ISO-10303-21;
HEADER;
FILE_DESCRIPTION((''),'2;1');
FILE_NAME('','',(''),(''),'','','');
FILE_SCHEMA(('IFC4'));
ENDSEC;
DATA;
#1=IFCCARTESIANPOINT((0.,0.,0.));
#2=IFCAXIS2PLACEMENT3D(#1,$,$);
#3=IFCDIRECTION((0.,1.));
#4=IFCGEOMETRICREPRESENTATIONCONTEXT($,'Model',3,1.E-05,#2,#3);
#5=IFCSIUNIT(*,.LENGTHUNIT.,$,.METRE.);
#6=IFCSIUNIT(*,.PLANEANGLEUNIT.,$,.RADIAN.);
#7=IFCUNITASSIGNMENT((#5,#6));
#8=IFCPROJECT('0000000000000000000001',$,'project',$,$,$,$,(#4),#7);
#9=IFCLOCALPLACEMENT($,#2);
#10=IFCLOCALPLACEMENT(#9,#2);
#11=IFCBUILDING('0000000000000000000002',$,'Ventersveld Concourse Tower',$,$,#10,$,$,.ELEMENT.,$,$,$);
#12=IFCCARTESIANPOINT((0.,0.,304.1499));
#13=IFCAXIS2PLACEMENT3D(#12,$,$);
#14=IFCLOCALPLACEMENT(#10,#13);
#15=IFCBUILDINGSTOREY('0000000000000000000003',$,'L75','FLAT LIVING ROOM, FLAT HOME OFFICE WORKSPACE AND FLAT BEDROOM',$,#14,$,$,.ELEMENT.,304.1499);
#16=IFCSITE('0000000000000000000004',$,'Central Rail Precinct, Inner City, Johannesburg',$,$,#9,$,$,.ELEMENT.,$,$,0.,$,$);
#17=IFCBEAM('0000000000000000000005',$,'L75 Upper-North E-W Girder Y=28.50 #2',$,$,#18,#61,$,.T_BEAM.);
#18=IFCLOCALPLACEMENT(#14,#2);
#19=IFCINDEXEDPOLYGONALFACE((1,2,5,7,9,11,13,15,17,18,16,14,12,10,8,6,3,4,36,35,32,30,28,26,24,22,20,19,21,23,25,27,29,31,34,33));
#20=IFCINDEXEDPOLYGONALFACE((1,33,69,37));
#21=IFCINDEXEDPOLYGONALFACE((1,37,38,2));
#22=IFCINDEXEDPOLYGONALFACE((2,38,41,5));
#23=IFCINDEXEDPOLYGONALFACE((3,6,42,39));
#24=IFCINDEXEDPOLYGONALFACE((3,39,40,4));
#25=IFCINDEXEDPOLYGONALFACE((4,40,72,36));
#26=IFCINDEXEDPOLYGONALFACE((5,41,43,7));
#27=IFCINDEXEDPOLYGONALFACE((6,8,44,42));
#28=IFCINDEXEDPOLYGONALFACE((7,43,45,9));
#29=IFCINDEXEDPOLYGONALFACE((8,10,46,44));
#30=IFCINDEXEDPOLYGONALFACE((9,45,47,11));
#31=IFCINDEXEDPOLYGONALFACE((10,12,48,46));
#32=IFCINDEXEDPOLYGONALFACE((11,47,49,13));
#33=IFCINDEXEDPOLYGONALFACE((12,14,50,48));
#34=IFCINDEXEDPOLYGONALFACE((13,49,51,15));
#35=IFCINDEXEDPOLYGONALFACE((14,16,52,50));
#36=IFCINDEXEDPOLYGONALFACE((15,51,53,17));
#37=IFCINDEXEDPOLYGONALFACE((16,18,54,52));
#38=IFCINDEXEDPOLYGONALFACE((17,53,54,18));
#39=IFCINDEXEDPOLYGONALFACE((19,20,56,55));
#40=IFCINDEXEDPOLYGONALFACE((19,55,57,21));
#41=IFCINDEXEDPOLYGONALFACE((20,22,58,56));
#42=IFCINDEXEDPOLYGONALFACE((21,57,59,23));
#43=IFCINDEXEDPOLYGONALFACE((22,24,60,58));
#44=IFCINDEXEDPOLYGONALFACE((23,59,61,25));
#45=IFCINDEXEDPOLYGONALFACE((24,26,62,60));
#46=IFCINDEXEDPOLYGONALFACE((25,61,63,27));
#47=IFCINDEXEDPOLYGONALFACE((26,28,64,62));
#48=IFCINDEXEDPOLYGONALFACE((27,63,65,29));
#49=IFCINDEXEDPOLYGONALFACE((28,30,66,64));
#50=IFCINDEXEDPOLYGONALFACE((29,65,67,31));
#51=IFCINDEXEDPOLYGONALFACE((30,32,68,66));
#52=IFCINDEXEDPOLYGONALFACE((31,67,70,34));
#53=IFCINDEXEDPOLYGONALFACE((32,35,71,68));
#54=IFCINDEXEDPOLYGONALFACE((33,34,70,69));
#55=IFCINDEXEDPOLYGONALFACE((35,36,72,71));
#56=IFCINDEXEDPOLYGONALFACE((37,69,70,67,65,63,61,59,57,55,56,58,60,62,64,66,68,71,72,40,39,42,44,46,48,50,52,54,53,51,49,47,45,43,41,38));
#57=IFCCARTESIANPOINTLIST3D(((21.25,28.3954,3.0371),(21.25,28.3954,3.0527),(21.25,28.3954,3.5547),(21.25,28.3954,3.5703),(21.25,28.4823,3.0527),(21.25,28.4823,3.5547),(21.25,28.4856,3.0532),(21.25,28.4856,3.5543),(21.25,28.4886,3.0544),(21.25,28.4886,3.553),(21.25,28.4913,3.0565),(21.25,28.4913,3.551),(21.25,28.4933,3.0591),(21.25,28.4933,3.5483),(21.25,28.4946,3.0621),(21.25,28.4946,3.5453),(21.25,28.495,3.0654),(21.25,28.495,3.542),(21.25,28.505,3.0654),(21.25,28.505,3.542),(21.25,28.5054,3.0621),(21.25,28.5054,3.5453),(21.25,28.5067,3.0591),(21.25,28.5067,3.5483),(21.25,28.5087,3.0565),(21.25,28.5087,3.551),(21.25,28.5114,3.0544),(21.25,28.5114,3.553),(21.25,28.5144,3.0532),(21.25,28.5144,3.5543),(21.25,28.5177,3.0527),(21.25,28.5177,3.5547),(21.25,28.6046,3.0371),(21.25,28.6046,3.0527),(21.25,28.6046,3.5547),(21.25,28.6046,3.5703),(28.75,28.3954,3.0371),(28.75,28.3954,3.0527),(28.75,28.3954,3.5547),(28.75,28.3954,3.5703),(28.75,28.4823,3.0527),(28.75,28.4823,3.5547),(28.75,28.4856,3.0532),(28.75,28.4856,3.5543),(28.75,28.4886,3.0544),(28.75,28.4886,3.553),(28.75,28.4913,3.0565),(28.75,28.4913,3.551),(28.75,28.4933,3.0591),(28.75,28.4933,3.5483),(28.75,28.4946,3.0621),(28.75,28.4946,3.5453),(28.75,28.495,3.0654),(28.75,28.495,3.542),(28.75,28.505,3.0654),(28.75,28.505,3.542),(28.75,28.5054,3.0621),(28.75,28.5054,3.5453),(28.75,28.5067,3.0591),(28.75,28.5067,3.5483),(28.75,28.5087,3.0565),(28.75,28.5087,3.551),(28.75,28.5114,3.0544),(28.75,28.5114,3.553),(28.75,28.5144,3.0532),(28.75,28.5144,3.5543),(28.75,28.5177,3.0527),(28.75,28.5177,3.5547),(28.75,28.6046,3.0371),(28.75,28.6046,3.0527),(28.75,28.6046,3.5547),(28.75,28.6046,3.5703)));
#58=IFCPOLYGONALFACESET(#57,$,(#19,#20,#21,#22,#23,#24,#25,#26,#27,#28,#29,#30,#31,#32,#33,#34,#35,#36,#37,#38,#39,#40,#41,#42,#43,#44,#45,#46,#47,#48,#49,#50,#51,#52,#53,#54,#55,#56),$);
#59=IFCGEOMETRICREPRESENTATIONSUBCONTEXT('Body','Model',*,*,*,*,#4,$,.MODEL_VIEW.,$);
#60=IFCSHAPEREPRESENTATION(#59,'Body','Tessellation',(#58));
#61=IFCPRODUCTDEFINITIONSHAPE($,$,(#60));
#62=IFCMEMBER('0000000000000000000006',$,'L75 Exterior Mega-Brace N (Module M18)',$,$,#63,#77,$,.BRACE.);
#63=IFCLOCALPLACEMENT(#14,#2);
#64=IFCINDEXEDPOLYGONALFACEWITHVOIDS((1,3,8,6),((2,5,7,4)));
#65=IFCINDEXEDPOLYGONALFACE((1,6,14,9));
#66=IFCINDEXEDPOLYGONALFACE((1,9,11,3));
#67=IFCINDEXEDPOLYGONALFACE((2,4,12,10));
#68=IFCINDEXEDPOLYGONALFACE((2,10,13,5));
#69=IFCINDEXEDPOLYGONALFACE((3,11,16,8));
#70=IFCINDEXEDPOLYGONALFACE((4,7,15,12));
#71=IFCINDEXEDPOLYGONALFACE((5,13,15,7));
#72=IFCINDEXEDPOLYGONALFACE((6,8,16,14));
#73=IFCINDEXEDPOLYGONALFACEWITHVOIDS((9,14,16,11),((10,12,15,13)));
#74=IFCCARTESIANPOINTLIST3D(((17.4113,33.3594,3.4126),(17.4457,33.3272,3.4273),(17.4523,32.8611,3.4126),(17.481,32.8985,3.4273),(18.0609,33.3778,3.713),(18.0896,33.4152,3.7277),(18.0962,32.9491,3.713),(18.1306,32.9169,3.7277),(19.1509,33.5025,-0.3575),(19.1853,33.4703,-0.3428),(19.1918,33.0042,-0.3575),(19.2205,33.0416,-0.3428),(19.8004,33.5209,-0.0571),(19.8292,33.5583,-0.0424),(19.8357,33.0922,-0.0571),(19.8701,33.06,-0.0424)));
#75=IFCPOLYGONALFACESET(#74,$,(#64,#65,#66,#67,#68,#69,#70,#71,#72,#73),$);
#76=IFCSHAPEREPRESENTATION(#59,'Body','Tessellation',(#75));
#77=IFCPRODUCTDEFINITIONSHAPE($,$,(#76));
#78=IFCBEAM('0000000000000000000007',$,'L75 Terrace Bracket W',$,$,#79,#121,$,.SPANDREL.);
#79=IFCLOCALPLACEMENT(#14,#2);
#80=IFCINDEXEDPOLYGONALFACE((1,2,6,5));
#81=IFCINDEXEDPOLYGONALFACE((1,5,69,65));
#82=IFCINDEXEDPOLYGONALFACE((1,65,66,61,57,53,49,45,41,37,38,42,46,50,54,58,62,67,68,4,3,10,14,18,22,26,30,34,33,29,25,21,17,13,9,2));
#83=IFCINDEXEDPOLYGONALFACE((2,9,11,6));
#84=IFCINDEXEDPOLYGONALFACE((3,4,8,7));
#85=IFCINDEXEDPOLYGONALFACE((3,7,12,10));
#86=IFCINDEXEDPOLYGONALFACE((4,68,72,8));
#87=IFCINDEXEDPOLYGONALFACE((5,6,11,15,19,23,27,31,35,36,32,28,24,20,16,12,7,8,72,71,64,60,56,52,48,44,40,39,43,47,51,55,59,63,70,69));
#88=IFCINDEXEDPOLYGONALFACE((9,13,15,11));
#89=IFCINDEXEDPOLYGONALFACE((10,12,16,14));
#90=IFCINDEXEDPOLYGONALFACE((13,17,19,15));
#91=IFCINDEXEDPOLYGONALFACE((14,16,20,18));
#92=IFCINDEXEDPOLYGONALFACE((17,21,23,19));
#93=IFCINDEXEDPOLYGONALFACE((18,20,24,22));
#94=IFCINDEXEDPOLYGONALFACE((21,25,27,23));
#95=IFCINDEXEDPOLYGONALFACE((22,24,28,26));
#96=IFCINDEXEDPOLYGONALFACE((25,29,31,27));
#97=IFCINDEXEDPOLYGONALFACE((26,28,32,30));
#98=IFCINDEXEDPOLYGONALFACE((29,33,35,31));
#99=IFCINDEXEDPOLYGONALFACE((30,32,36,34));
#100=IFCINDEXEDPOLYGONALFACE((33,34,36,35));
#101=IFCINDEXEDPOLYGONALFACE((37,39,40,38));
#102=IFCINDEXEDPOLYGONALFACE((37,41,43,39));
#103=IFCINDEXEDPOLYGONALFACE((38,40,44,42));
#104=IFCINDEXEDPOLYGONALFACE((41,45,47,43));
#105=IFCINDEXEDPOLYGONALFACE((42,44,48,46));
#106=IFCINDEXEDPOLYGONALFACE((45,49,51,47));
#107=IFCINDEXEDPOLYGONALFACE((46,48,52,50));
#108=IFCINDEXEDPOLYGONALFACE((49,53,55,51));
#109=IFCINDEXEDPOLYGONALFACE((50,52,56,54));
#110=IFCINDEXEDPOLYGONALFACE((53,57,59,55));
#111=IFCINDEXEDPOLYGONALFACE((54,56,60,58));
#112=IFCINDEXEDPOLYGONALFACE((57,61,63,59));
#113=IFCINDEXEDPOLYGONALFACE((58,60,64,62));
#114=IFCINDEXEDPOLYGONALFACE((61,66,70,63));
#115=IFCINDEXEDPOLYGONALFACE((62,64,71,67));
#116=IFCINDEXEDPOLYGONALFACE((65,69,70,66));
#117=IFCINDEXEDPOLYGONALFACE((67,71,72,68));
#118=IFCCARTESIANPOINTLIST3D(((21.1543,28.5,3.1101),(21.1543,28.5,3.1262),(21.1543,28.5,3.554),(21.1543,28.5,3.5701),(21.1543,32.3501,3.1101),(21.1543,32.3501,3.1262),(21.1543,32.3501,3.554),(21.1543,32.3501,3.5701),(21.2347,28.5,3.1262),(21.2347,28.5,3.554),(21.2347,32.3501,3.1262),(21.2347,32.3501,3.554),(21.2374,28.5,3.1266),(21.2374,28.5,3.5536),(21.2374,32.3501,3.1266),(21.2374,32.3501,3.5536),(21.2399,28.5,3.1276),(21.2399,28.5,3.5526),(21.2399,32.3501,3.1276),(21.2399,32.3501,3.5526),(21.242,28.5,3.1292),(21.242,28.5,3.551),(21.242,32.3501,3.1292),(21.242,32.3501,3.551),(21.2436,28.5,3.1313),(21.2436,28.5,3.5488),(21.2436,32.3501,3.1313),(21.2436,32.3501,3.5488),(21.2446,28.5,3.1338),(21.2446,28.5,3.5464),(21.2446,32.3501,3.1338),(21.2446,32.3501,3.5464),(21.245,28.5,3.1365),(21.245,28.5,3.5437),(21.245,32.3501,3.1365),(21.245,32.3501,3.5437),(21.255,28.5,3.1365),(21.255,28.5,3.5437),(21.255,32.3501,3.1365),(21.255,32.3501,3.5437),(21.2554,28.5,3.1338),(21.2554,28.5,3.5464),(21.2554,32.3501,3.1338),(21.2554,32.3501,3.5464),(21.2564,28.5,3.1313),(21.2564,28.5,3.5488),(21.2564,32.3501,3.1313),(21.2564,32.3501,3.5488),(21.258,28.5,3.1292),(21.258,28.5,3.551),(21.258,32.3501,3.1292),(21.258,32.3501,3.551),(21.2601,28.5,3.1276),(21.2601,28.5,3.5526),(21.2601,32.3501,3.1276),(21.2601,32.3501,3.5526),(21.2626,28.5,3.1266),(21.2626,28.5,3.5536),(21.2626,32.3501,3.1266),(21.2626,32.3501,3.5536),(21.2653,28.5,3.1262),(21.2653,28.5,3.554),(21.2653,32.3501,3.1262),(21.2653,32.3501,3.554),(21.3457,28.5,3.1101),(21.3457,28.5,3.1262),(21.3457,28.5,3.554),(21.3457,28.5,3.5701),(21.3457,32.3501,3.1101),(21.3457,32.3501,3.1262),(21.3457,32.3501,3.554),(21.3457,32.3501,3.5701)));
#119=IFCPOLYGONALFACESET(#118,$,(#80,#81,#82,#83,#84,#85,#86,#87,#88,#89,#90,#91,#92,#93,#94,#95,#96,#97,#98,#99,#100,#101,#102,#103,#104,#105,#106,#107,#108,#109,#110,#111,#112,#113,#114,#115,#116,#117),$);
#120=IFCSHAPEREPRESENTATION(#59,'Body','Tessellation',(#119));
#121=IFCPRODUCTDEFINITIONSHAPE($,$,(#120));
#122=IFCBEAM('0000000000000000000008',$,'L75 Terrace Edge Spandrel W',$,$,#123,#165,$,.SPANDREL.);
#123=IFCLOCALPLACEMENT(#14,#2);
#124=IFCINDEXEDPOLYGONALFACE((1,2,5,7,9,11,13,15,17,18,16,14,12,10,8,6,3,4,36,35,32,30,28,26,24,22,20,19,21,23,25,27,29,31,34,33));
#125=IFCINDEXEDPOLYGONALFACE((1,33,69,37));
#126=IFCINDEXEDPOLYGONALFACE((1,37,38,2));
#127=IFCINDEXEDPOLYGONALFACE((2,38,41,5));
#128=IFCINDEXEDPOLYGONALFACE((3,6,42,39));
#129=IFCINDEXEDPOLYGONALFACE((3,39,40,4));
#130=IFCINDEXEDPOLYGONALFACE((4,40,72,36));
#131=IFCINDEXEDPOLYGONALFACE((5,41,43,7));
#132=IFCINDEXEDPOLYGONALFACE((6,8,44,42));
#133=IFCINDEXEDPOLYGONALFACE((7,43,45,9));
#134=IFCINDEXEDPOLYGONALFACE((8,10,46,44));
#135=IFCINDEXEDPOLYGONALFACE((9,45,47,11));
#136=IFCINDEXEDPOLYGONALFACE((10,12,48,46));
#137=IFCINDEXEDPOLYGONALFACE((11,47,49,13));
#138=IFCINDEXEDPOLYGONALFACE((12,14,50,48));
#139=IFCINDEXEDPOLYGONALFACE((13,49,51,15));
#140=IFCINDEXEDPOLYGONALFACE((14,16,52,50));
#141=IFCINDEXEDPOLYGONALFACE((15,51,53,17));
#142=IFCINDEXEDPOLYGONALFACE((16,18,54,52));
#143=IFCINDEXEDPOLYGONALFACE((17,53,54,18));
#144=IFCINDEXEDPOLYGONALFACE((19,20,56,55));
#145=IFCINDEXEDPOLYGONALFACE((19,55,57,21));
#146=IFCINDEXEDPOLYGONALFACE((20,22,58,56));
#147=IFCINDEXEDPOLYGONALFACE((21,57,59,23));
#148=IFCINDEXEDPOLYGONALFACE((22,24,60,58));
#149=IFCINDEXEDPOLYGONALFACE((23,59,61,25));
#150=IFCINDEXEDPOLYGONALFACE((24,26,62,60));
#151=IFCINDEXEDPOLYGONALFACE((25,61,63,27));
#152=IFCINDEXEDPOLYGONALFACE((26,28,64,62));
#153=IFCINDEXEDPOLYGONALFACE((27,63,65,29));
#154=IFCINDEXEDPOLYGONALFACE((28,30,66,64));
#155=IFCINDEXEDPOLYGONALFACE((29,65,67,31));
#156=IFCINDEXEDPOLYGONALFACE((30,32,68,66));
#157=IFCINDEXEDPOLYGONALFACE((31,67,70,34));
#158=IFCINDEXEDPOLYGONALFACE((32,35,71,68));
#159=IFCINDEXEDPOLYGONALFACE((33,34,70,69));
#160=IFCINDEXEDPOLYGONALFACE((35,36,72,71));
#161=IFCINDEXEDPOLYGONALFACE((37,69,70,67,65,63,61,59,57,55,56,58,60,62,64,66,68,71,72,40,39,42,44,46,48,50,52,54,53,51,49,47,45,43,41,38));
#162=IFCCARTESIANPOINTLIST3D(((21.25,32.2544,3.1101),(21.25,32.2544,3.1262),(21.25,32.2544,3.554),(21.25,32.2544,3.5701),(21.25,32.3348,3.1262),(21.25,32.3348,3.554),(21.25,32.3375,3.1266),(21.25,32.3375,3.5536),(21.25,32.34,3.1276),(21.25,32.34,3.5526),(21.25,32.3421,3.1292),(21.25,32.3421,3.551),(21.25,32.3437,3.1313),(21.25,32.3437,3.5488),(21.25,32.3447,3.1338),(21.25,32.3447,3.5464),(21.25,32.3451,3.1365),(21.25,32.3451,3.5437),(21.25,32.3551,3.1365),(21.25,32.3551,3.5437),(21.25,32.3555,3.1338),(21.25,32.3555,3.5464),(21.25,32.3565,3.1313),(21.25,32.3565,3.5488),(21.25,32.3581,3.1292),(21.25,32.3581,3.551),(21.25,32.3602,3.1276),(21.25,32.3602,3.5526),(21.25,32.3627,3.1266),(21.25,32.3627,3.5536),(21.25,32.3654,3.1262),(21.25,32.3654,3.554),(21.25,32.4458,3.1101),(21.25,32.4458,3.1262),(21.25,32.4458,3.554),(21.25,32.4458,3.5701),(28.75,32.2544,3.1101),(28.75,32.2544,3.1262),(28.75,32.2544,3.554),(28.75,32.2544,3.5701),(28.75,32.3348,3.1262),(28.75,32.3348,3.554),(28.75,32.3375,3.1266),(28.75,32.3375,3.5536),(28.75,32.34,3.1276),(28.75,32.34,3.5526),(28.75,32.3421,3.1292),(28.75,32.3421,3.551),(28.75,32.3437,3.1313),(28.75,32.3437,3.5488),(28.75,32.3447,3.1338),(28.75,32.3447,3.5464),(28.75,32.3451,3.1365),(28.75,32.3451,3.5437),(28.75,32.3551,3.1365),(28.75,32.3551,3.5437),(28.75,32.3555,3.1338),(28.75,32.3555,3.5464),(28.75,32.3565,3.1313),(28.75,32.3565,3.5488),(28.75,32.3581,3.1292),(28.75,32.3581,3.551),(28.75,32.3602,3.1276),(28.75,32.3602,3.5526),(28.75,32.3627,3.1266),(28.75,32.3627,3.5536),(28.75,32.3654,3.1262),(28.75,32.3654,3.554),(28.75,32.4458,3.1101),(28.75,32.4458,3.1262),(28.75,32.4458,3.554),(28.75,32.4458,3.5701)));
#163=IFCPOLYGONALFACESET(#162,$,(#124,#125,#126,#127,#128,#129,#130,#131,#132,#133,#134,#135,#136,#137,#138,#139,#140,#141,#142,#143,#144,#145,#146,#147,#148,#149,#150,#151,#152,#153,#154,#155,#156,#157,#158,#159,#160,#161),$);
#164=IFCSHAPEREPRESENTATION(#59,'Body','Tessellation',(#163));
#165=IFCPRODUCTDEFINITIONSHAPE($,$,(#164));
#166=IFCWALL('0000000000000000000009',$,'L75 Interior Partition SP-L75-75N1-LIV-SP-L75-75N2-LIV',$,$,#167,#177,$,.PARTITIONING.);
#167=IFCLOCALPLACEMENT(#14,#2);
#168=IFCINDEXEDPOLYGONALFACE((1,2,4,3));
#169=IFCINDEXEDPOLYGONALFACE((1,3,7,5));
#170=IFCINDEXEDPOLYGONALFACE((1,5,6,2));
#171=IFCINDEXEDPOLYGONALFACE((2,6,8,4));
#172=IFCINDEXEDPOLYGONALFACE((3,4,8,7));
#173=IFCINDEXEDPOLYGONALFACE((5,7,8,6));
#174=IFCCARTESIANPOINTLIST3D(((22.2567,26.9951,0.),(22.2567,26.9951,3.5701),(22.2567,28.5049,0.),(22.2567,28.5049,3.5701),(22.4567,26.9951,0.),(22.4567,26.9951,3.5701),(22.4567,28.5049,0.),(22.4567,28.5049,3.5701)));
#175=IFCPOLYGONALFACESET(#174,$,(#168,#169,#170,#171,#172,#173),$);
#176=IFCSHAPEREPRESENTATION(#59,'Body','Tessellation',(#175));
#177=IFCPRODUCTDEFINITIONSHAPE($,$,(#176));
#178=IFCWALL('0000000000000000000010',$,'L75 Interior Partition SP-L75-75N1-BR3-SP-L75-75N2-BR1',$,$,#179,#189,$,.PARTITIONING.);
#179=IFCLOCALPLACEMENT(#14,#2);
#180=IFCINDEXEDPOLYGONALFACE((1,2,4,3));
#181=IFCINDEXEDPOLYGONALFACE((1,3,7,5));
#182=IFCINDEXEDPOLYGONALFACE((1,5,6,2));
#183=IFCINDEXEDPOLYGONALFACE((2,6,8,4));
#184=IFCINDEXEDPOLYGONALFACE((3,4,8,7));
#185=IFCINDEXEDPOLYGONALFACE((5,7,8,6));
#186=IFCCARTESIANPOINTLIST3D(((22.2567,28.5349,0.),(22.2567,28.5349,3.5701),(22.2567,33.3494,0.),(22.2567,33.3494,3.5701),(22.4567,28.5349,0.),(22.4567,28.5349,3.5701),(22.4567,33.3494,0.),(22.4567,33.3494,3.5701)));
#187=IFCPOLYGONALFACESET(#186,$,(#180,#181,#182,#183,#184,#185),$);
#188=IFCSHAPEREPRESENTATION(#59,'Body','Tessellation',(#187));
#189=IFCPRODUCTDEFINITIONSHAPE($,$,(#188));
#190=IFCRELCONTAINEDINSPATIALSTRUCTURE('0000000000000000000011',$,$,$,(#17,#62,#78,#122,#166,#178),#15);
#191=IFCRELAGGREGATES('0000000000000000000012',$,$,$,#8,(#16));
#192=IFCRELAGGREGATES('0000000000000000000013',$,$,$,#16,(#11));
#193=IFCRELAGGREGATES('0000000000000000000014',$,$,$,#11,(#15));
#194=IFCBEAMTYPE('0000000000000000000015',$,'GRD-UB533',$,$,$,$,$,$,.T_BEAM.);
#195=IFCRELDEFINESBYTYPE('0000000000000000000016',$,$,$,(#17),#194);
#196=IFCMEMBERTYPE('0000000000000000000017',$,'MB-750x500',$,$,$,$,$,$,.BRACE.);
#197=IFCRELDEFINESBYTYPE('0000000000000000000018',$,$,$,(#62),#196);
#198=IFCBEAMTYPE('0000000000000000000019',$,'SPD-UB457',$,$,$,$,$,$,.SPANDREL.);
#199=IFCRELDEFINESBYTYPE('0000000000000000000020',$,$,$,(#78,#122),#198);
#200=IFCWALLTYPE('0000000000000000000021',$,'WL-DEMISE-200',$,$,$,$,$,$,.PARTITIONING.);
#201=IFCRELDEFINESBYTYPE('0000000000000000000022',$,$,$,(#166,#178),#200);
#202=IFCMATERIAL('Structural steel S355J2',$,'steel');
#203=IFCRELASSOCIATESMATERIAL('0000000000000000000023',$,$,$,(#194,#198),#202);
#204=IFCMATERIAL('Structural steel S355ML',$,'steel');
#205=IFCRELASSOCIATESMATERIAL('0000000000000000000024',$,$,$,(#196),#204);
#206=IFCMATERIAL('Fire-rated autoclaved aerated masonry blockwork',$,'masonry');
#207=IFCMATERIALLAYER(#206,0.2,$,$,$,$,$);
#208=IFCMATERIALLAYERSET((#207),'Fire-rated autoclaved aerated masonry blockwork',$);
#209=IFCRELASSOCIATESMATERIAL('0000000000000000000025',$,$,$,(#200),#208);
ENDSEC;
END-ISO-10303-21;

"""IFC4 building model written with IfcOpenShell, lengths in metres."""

from ifc_helpers import new_model, si_unit, direction, frame, frame_2d, origin, origin_2d, place, context, subcontext, project, spatial, rectangle, hollow_rectangle, i_section, extrude, material, layer, layer_set, material_profile, profile_set, type_object, element, save


model = new_model("IFC4")

# Units and contexts
model_context = context("Model", 3, precision=1e-05, world=origin(), true_north=direction((0.0, 1.0)))
body_context = subcontext(model_context, "Body", "Model", "MODEL_VIEW")
ifc_project = project(units=[si_unit("LENGTHUNIT", "METRE"), si_unit("PLANEANGLEUNIT", "RADIAN")], contexts=[model_context])

# Site, building, storey
site_placement = place(None, origin())
site = spatial("IfcSite", under=ifc_project, at=site_placement, Name="Central Rail Precinct, Inner City, Johannesburg", CompositionType="ELEMENT", RefElevation=0.0)
building_placement = place(site_placement, origin())
building = spatial("IfcBuilding", under=site, at=building_placement, Name="Ventersveld Concourse Tower", CompositionType="ELEMENT")
storey_placement = place(building_placement, frame((0.0, 0.0, 304.1499)))
storey = spatial("IfcBuildingStorey", under=building, at=storey_placement, Name="L75", Description="FLAT LIVING ROOM, FLAT HOME OFFICE WORKSPACE AND FLAT BEDROOM", CompositionType="ELEMENT", Elevation=304.1499)

# Beam
ifc_material_1 = material(Name="Structural steel S355J2", Category="steel")
ifc_material_profile_1 = material_profile(ifc_material_1, i_section(OverallWidth=0.2092, OverallDepth=0.5332, WebThickness=0.01, FlangeThickness=0.0156, FilletRadius=0.0127, at=origin_2d()), Name="UB 533x210x92")
ifc_profile_set_1 = profile_set([ifc_material_profile_1], Name="Structural steel S355J2")
beam_type_1 = type_object("IfcBeamType", Name="GRD-UB533", PredefinedType="T_BEAM", material=ifc_profile_set_1)
for number, where, z_axis, x_axis, name in (
    (1, (21.25, 28.5, 3.3037), (1.0, 0.0, 0.0), (0.0, 1.0, 0.0), "L75 Upper-North E-W Girder Y=28.50 #2"),
):
    element("IfcBeam", number, at=place(storey_placement, frame(where, z_axis=z_axis, x_axis=x_axis)), inside=storey, type_object=beam_type_1, Name=name, PredefinedType="T_BEAM", context=body_context, shape_type="SweptSolid", body=[
        extrude(i_section(OverallWidth=0.2092, OverallDepth=0.5332, WebThickness=0.01, FlangeThickness=0.0156, FilletRadius=0.0127, at=origin_2d()), origin(), (0.0, 0.0, 1.0), 7.5),
    ])

# Member
ifc_material_2 = material(Name="Structural steel S355ML", Category="steel")
ifc_material_profile_2 = material_profile(ifc_material_2, hollow_rectangle(XDim=0.5, YDim=0.75, WallThickness=0.0349, at=origin_2d()), Name="BOX 750x500x35")
ifc_profile_set_2 = profile_set([ifc_material_profile_2], Name="Structural steel S355ML")
member_type = type_object("IfcMemberType", Name="MB-750x500", PredefinedType="BRACE", material=ifc_profile_set_2)
member_placement = place(storey_placement, frame((19.5105, 33.2812, -0.2), z_axis=(-0.418709, -0.034437, 0.907467), x_axis=(0.081969, -0.996635, 0.0)))
element("IfcMember", 2, at=member_placement, inside=storey, type_object=member_type, Name="L75 Exterior Mega-Brace N (Module M18)", PredefinedType="BRACE", context=body_context, shape_type="SweptSolid", body=[
    extrude(hollow_rectangle(XDim=0.5, YDim=0.75, WallThickness=0.0349, at=origin_2d()), origin(), (0.0, 0.0, 1.0), 4.1545),
])

# Beams
ifc_material_profile_3 = material_profile(ifc_material_1, i_section(OverallWidth=0.1914, OverallDepth=0.46, WebThickness=0.01, FlangeThickness=0.0161, FilletRadius=0.0103, at=origin_2d()), Name="UB 457x191x82")
ifc_profile_set_3 = profile_set([ifc_material_profile_3], Name="Structural steel S355J2")
beam_type_2 = type_object("IfcBeamType", Name="SPD-UB457", PredefinedType="SPANDREL", material=ifc_profile_set_3)
beam_1_placement = place(storey_placement, frame((21.25, 28.5, 3.3401), z_axis=(0.0, 1.0, 0.0), x_axis=(-1.0, 0.0, 0.0)))
element("IfcBeam", 3, at=beam_1_placement, inside=storey, type_object=beam_type_2, Name="L75 Terrace Bracket W", PredefinedType="SPANDREL", context=body_context, shape_type="SweptSolid", body=[
    extrude(i_section(OverallWidth=0.1914, OverallDepth=0.46, WebThickness=0.01, FlangeThickness=0.0161, FilletRadius=0.0103, at=origin_2d()), origin(), (0.0, 0.0, 1.0), 3.8501),
])
beam_2_placement = place(storey_placement, frame((21.25, 32.3501, 3.3401), z_axis=(1.0, 0.0, 0.0), x_axis=(0.0, 1.0, 0.0)))
element("IfcBeam", 4, at=beam_2_placement, inside=storey, type_object=beam_type_2, Name="L75 Terrace Edge Spandrel W", PredefinedType="SPANDREL", context=body_context, shape_type="SweptSolid", body=[
    extrude(i_section(OverallWidth=0.1914, OverallDepth=0.46, WebThickness=0.01, FlangeThickness=0.0161, FilletRadius=0.0103, at=origin_2d()), origin(), (0.0, 0.0, 1.0), 7.5),
])

# Walls
ifc_material_3 = material(Name="Fire-rated autoclaved aerated masonry blockwork", Category="masonry")
ifc_layer_1 = layer(ifc_material_3, 0.2)
ifc_layer_set_1 = layer_set([ifc_layer_1], Name="Fire-rated autoclaved aerated masonry blockwork")
wall_type_1 = type_object("IfcWallType", Name="WL-DEMISE-200", PredefinedType="PARTITIONING", material=ifc_layer_set_1)
wall_1_placement = place(storey_placement, frame((22.3567, 26.9951, 0.0), z_axis=(0.0, 0.0, 1.0), x_axis=(0.0, 1.0, 0.0)))
element("IfcWall", 5, at=wall_1_placement, inside=storey, type_object=wall_type_1, Name="L75 Interior Partition SP-L75-75N1-LIV-SP-L75-75N2-LIV", PredefinedType="PARTITIONING", context=body_context, shape_type="SweptSolid", body=[
    extrude(rectangle(XDim=1.5098, YDim=0.2, at=frame_2d((0.7549, 0.0))), origin(), (0.0, 0.0, 1.0), 3.5701),
])
wall_2_placement = place(storey_placement, frame((22.3567, 28.5349, 0.0), z_axis=(0.0, 0.0, 1.0), x_axis=(0.0, 1.0, 0.0)))
element("IfcWall", 6, at=wall_2_placement, inside=storey, type_object=wall_type_1, Name="L75 Interior Partition SP-L75-75N1-BR3-SP-L75-75N2-BR1", PredefinedType="PARTITIONING", context=body_context, shape_type="SweptSolid", body=[
    extrude(rectangle(XDim=4.8145, YDim=0.2, at=frame_2d((2.4072, 0.0))), origin(), (0.0, 0.0, 1.0), 3.5701),
])

save(model, "model.ifc")
